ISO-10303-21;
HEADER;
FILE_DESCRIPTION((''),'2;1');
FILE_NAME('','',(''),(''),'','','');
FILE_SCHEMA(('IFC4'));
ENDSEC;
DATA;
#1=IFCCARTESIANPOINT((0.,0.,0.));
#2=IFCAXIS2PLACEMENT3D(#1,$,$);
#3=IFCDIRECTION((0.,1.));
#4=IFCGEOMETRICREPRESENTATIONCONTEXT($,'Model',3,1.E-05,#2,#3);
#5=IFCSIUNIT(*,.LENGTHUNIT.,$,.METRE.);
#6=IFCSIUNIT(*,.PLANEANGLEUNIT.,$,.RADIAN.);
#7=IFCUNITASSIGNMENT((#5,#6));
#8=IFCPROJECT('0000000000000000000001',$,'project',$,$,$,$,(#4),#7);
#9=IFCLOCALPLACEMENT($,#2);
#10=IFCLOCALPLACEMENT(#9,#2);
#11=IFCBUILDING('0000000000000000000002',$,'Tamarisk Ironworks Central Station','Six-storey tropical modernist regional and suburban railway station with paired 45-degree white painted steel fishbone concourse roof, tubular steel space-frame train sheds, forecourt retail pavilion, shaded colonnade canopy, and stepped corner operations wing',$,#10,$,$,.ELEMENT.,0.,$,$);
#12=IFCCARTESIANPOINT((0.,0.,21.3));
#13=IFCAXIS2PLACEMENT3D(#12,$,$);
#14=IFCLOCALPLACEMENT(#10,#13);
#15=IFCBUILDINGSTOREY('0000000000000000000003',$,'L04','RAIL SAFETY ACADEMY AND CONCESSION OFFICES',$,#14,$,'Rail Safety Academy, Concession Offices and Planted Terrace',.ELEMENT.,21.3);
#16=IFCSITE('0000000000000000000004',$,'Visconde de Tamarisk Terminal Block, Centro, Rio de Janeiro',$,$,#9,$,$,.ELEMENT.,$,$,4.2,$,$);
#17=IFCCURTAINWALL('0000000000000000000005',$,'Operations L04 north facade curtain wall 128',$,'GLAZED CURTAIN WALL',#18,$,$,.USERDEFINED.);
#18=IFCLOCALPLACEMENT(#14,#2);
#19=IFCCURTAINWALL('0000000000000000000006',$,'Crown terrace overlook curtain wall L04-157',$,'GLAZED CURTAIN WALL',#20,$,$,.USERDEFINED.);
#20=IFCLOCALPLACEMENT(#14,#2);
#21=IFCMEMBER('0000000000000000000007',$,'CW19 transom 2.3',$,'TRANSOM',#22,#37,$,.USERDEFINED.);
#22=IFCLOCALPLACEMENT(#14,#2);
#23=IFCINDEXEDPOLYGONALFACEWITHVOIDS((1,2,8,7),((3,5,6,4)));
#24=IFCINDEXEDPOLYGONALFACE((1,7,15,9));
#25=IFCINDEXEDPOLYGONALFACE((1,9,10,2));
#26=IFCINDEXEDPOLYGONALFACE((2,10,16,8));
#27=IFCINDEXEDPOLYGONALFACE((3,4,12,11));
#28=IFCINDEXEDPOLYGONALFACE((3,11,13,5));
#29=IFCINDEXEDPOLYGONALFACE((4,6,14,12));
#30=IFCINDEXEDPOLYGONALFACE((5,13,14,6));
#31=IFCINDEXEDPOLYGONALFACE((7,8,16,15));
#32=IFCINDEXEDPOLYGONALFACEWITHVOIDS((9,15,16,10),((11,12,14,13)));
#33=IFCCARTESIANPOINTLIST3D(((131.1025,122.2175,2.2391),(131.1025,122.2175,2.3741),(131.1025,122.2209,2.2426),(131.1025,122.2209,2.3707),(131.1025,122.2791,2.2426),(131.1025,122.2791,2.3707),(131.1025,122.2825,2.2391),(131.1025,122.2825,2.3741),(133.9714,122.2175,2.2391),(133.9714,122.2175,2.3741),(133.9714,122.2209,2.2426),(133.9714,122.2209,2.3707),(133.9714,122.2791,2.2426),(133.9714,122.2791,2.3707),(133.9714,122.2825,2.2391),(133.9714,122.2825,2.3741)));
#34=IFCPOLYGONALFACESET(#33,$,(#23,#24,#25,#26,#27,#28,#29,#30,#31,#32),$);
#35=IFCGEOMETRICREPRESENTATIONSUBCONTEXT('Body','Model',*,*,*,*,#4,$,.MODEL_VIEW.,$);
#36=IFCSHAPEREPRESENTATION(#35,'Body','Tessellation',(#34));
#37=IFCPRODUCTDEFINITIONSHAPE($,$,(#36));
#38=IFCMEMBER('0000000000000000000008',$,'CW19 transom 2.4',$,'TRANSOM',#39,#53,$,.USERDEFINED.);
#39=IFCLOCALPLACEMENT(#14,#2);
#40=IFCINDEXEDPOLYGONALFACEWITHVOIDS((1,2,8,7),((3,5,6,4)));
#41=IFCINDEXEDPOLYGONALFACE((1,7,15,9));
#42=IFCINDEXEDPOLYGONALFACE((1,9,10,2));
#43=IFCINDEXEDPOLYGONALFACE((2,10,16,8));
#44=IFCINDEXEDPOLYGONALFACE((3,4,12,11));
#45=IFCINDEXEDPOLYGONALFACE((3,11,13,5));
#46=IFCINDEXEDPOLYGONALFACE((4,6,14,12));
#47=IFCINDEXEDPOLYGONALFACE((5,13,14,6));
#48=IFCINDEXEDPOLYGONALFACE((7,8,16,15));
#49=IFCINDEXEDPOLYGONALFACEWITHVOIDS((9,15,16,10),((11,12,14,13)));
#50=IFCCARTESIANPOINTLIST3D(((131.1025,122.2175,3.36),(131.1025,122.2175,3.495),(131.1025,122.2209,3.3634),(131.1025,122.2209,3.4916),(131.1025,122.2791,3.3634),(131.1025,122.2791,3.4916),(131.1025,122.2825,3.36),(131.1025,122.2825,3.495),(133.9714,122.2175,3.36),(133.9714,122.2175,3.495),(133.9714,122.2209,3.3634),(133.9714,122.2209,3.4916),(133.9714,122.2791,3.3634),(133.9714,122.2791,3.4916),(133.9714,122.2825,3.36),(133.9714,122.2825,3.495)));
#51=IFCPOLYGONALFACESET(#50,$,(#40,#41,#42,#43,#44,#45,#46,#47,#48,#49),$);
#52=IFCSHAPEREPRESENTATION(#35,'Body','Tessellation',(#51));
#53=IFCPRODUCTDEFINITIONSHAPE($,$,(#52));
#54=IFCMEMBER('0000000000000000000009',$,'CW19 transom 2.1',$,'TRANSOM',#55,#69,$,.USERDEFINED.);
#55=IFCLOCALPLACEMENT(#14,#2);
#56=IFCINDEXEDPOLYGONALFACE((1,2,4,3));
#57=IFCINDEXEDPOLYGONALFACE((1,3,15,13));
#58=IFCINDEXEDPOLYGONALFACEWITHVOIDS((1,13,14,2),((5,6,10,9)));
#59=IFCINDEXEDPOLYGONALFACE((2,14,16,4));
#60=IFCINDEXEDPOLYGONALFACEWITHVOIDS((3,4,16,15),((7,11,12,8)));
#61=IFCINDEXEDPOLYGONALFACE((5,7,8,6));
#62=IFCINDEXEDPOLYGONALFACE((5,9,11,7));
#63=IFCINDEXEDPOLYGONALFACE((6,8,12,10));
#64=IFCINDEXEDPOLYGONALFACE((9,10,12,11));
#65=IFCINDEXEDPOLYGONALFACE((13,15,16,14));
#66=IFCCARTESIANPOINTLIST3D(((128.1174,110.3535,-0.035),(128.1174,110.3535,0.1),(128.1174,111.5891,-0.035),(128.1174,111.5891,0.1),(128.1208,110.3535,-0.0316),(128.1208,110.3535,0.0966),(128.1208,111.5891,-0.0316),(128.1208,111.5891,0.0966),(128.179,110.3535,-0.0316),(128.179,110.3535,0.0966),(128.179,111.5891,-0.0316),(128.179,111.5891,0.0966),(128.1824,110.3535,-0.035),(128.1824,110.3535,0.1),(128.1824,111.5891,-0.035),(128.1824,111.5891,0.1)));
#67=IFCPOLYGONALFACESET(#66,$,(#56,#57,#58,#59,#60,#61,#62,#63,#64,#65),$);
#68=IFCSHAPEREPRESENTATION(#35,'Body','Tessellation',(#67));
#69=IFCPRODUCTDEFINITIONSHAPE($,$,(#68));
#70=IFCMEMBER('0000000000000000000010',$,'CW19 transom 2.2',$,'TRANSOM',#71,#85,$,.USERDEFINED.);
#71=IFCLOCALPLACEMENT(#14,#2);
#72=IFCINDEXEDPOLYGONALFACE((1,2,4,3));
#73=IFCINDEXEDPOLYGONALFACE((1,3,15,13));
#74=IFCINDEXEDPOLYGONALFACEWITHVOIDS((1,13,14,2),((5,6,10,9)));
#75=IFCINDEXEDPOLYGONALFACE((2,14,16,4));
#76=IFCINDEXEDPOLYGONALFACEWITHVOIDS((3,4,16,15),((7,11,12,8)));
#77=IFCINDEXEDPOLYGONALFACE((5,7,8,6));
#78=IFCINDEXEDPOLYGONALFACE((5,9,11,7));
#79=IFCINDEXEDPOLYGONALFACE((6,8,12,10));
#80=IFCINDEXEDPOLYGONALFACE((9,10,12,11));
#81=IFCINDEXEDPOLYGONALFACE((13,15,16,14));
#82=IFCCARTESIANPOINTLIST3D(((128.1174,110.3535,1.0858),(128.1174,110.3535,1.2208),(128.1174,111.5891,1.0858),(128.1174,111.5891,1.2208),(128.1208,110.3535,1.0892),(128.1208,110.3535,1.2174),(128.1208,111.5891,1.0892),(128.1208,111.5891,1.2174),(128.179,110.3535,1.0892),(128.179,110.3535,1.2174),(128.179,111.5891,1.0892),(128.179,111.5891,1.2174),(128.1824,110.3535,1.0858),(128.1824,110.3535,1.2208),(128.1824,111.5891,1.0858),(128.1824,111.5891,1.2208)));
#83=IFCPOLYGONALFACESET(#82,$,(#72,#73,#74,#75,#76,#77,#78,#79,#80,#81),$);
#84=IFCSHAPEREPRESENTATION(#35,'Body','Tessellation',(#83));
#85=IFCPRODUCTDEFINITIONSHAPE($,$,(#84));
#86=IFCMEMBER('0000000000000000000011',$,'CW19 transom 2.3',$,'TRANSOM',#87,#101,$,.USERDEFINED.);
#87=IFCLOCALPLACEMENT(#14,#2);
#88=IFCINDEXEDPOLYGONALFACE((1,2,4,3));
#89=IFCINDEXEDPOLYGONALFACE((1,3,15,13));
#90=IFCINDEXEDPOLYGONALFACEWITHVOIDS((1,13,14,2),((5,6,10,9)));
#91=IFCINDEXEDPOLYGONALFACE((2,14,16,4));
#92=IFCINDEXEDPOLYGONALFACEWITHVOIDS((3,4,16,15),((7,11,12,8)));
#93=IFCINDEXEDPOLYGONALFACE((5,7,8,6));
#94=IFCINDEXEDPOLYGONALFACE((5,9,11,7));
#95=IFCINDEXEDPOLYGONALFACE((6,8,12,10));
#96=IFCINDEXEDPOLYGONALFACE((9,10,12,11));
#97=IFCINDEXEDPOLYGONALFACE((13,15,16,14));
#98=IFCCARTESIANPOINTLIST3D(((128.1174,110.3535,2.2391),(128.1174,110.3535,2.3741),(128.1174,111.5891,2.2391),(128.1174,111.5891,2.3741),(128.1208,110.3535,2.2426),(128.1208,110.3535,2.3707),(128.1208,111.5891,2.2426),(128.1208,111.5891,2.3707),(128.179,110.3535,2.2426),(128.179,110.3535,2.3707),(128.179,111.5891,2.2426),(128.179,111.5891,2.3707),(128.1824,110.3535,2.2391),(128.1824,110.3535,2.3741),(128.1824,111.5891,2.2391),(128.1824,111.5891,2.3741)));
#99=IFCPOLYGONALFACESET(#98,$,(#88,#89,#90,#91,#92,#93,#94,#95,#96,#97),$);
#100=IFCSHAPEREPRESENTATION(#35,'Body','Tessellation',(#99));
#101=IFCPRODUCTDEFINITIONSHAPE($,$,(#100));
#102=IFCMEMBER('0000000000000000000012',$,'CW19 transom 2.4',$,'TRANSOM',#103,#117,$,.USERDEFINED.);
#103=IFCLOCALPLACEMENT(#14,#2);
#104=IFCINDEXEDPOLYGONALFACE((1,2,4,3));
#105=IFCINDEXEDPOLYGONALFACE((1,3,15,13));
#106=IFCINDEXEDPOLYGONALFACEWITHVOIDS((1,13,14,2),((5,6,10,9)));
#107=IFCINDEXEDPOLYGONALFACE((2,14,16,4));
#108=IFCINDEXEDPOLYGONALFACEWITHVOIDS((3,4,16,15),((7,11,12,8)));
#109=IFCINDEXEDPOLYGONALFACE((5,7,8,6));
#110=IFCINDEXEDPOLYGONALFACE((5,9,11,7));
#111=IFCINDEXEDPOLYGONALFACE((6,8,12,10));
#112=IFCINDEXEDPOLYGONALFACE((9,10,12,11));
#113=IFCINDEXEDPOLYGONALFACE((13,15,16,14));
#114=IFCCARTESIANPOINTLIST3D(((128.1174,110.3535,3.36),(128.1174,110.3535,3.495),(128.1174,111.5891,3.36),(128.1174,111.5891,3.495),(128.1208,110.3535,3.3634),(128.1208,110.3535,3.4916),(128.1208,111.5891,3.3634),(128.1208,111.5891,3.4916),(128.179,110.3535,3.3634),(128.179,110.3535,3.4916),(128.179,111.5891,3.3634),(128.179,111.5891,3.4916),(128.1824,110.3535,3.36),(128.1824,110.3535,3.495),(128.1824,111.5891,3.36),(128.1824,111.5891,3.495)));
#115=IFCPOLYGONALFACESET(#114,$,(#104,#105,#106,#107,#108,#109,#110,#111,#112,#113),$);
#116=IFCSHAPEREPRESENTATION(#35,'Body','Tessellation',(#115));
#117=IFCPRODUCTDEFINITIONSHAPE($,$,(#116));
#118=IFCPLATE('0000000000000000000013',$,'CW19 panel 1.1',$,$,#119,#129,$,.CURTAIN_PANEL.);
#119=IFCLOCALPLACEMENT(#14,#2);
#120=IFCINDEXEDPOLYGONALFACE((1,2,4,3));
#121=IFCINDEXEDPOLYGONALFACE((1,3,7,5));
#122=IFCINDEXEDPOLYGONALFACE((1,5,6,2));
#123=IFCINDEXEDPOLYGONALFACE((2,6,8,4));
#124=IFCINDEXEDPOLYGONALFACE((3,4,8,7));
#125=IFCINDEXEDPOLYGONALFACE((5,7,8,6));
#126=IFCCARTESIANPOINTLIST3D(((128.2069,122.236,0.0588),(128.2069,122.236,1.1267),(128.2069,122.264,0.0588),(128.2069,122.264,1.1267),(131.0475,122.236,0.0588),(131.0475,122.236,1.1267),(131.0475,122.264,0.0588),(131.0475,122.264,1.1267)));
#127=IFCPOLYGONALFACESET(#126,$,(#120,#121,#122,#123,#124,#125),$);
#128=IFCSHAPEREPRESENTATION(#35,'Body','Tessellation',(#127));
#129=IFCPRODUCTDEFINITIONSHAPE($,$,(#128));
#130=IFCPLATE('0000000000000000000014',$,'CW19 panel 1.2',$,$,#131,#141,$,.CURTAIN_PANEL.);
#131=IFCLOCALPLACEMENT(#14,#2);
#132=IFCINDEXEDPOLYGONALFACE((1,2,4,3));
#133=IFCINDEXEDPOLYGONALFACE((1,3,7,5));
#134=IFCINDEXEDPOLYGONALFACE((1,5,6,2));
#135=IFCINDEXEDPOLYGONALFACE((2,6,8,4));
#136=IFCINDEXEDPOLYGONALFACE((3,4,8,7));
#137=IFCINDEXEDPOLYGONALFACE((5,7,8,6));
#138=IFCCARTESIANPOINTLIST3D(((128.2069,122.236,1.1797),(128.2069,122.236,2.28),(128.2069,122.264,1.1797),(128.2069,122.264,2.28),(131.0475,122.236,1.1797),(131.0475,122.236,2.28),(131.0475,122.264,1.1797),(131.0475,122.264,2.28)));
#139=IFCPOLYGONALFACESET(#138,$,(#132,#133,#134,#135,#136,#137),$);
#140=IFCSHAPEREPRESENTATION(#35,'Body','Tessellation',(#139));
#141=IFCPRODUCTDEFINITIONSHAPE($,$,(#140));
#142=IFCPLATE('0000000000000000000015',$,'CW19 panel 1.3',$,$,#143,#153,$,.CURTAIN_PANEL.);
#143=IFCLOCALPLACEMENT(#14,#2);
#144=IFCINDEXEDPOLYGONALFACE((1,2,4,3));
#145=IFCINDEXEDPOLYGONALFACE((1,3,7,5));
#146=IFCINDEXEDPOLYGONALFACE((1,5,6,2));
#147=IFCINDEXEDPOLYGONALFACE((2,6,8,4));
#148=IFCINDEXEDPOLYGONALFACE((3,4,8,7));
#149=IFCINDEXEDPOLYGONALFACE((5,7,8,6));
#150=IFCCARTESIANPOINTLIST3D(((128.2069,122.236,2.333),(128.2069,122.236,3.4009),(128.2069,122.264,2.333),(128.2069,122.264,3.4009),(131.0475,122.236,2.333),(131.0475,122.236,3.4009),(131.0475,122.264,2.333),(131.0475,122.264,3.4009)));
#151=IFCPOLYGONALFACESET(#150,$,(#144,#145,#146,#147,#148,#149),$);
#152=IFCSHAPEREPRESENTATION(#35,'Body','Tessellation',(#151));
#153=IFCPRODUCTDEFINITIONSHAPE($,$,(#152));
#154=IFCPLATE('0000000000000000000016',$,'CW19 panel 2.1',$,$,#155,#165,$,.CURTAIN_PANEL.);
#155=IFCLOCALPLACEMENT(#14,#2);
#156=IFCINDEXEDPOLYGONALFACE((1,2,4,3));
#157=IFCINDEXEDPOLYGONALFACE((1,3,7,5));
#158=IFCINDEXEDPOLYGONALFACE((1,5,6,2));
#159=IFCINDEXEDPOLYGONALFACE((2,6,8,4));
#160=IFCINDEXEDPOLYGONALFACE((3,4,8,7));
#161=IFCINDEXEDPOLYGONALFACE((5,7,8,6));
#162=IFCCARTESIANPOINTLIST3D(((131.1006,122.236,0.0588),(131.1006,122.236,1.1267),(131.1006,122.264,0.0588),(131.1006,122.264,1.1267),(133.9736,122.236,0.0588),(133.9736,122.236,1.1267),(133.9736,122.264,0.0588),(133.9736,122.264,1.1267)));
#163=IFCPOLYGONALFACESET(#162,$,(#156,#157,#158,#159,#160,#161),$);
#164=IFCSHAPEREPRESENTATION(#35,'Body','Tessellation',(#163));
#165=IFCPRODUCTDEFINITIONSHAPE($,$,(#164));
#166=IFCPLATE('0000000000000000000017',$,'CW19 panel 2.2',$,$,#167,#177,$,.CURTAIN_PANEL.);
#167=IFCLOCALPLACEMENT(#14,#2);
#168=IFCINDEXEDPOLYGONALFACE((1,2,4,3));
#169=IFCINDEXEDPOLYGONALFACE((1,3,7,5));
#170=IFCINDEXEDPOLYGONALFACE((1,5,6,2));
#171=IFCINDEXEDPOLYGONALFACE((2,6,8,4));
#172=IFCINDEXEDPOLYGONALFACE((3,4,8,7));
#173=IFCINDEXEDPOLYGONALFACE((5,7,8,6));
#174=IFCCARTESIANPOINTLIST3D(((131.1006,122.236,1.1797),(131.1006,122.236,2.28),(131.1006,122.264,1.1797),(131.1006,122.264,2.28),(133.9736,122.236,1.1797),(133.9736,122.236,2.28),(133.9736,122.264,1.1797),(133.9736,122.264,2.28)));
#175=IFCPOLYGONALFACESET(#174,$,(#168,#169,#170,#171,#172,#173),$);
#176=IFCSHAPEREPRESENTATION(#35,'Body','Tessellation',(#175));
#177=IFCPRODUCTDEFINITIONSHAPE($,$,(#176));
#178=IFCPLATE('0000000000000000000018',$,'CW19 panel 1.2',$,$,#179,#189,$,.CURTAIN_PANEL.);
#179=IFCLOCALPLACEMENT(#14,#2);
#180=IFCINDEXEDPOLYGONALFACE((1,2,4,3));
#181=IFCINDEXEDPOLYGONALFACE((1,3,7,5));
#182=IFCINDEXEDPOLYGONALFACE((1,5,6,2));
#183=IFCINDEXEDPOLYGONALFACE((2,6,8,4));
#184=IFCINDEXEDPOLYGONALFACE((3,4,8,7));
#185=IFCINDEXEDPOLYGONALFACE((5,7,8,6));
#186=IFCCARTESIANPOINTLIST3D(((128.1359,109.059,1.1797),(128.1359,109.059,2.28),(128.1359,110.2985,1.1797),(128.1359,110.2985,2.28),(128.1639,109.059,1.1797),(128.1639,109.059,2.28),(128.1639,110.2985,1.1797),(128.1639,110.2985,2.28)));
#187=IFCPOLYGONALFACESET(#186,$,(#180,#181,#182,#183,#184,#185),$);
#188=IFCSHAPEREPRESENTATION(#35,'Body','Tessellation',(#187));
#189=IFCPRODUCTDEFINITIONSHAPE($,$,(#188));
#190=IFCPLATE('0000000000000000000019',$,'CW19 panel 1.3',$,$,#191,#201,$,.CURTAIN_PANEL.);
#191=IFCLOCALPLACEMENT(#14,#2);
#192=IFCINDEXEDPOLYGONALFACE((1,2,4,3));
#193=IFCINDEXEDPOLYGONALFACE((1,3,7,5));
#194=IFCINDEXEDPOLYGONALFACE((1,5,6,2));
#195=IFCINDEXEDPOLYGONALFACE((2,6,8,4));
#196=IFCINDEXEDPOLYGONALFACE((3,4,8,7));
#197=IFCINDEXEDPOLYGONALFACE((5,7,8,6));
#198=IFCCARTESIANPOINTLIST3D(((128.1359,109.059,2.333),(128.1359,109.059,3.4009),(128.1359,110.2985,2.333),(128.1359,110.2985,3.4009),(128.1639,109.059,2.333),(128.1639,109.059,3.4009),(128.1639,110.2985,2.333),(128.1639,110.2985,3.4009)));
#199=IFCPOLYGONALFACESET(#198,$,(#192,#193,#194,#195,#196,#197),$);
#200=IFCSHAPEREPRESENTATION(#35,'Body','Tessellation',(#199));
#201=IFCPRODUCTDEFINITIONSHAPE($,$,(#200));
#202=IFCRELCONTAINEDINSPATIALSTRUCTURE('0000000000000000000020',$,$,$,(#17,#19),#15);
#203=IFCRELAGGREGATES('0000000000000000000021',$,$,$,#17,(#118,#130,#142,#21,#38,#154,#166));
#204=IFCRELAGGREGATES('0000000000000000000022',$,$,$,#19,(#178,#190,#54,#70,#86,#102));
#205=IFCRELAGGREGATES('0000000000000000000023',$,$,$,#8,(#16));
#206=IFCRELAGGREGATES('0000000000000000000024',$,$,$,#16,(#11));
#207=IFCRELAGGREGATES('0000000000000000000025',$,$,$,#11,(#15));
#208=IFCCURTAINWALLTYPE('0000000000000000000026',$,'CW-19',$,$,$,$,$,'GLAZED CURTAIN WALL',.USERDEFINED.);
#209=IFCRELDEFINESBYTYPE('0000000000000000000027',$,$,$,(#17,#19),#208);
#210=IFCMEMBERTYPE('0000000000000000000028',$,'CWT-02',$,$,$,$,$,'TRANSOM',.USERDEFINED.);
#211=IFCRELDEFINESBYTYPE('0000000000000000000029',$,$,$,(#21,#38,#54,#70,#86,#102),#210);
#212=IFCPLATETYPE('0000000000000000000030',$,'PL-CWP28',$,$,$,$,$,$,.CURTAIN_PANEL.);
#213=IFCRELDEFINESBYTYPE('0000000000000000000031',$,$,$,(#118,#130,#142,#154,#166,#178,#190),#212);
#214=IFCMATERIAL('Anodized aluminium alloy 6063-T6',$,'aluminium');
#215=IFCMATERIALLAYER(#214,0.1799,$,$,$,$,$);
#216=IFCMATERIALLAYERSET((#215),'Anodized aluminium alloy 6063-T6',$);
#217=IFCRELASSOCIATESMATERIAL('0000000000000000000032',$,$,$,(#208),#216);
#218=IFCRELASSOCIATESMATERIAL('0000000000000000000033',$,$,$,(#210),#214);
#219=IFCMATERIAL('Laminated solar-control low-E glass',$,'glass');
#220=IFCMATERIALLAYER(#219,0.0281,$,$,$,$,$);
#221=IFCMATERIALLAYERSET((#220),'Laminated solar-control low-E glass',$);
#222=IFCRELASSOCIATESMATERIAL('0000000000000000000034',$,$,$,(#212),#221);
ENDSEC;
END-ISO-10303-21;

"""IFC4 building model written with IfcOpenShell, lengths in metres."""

from ifc_helpers import new_model, si_unit, direction, frame, origin, origin_2d, place, context, subcontext, project, spatial, rectangle, hollow_rectangle, extrude, material, layer, layer_set, material_profile, profile_set, type_object, element, aggregate, save


model = new_model("IFC4")

# Units and contexts
model_context = context("Model", 3, precision=1e-05, world=origin(), true_north=direction((0.0, 1.0)))
body_context = subcontext(model_context, "Body", "Model", "MODEL_VIEW")
ifc_project = project(units=[si_unit("LENGTHUNIT", "METRE"), si_unit("PLANEANGLEUNIT", "RADIAN")], contexts=[model_context])

# Site, building, storey
site_placement = place(None, origin())
site = spatial("IfcSite", under=ifc_project, at=site_placement, Name="Visconde de Tamarisk Terminal Block, Centro, Rio de Janeiro", CompositionType="ELEMENT", RefElevation=4.2)
building_placement = place(site_placement, origin())
building = spatial("IfcBuilding", under=site, at=building_placement, Name="Tamarisk Ironworks Central Station", Description="Six-storey tropical modernist regional and suburban railway station with paired 45-degree white painted steel fishbone concourse roof, tubular steel space-frame train sheds, forecourt retail pavilion, shaded colonnade canopy, and stepped corner operations wing", CompositionType="ELEMENT", ElevationOfRefHeight=0.0)
storey_placement = place(building_placement, frame((0.0, 0.0, 21.3)))
storey = spatial("IfcBuildingStorey", under=building, at=storey_placement, Name="L04", Description="RAIL SAFETY ACADEMY AND CONCESSION OFFICES", LongName="Rail Safety Academy, Concession Offices and Planted Terrace", CompositionType="ELEMENT", Elevation=21.3)

# Curtain walls
ifc_material_1 = material(Name="Anodized aluminium alloy 6063-T6", Category="aluminium")
ifc_layer_1 = layer(ifc_material_1, 0.1799)
ifc_layer_set_1 = layer_set([ifc_layer_1], Name="Anodized aluminium alloy 6063-T6")
curtain_wall_type = type_object("IfcCurtainWallType", Name="CW-19", ElementType="GLAZED CURTAIN WALL", PredefinedType="USERDEFINED", material=ifc_layer_set_1)
curtain_wall_1_placement = place(storey_placement, origin())
curtain_wall_1 = element("IfcCurtainWall", 1, at=curtain_wall_1_placement, inside=storey, type_object=curtain_wall_type, Name="Operations L04 north facade curtain wall 128", ObjectType="GLAZED CURTAIN WALL", PredefinedType="USERDEFINED")
curtain_wall_2_placement = place(storey_placement, origin())
curtain_wall_2 = element("IfcCurtainWall", 2, at=curtain_wall_2_placement, inside=storey, type_object=curtain_wall_type, Name="Crown terrace overlook curtain wall L04-157", ObjectType="GLAZED CURTAIN WALL", PredefinedType="USERDEFINED")

# Members
ifc_material_profile_1 = material_profile(ifc_material_1, hollow_rectangle(XDim=0.0649, YDim=0.135, WallThickness=0.0034, at=origin_2d()), Name="ALUM 135x65")
ifc_profile_set_1 = profile_set([ifc_material_profile_1], Name="Anodized aluminium alloy 6063-T6")
member_type_1 = type_object("IfcMemberType", Name="CWT-02", ElementType="TRANSOM", PredefinedType="USERDEFINED", material=ifc_profile_set_1)
member_1_placement = place(storey_placement, frame((131.1025, 122.25, 2.3066), z_axis=(1.0, 0.0, 0.0), x_axis=(0.0, 1.0, 0.0)))
member_1 = element("IfcMember", 3, at=member_1_placement, type_object=member_type_1, Name="CW19 transom 2.3", ObjectType="TRANSOM", PredefinedType="USERDEFINED", context=body_context, shape_type="SweptSolid", body=[
    extrude(hollow_rectangle(XDim=0.0649, YDim=0.135, WallThickness=0.0034, at=origin_2d()), origin(), (0.0, 0.0, 1.0), 2.8689),
])
member_2_placement = place(storey_placement, frame((131.1025, 122.25, 3.4275), z_axis=(1.0, 0.0, 0.0), x_axis=(0.0, 1.0, 0.0)))
member_2 = element("IfcMember", 4, at=member_2_placement, type_object=member_type_1, Name="CW19 transom 2.4", ObjectType="TRANSOM", PredefinedType="USERDEFINED", context=body_context, shape_type="SweptSolid", body=[
    extrude(hollow_rectangle(XDim=0.0649, YDim=0.135, WallThickness=0.0034, at=origin_2d()), origin(), (0.0, 0.0, 1.0), 2.8689),
])
member_3_placement = place(storey_placement, frame((128.1499, 110.3535, 0.0325), z_axis=(0.0, 1.0, 0.0), x_axis=(-1.0, 0.0, 0.0)))
member_3 = element("IfcMember", 5, at=member_3_placement, type_object=member_type_1, Name="CW19 transom 2.1", ObjectType="TRANSOM", PredefinedType="USERDEFINED", context=body_context, shape_type="SweptSolid", body=[
    extrude(hollow_rectangle(XDim=0.0649, YDim=0.135, WallThickness=0.0034, at=origin_2d()), origin(), (0.0, 0.0, 1.0), 1.2356),
])
member_4_placement = place(storey_placement, frame((128.1499, 110.3535, 1.1533), z_axis=(0.0, 1.0, 0.0), x_axis=(-1.0, 0.0, 0.0)))
member_4 = element("IfcMember", 6, at=member_4_placement, type_object=member_type_1, Name="CW19 transom 2.2", ObjectType="TRANSOM", PredefinedType="USERDEFINED", context=body_context, shape_type="SweptSolid", body=[
    extrude(hollow_rectangle(XDim=0.0649, YDim=0.135, WallThickness=0.0034, at=origin_2d()), origin(), (0.0, 0.0, 1.0), 1.2356),
])
member_5_placement = place(storey_placement, frame((128.1499, 110.3535, 2.3066), z_axis=(0.0, 1.0, 0.0), x_axis=(-1.0, 0.0, 0.0)))
member_5 = element("IfcMember", 7, at=member_5_placement, type_object=member_type_1, Name="CW19 transom 2.3", ObjectType="TRANSOM", PredefinedType="USERDEFINED", context=body_context, shape_type="SweptSolid", body=[
    extrude(hollow_rectangle(XDim=0.0649, YDim=0.135, WallThickness=0.0034, at=origin_2d()), origin(), (0.0, 0.0, 1.0), 1.2356),
])
member_6_placement = place(storey_placement, frame((128.1499, 110.3535, 3.4275), z_axis=(0.0, 1.0, 0.0), x_axis=(-1.0, 0.0, 0.0)))
member_6 = element("IfcMember", 8, at=member_6_placement, type_object=member_type_1, Name="CW19 transom 2.4", ObjectType="TRANSOM", PredefinedType="USERDEFINED", context=body_context, shape_type="SweptSolid", body=[
    extrude(hollow_rectangle(XDim=0.0649, YDim=0.135, WallThickness=0.0034, at=origin_2d()), origin(), (0.0, 0.0, 1.0), 1.2356),
])

# Plates
ifc_material_2 = material(Name="Laminated solar-control low-E glass", Category="glass")
ifc_layer_2 = layer(ifc_material_2, 0.0281)
ifc_layer_set_2 = layer_set([ifc_layer_2], Name="Laminated solar-control low-E glass")
plate_type = type_object("IfcPlateType", Name="PL-CWP28", PredefinedType="CURTAIN_PANEL", material=ifc_layer_set_2)
plate_1_placement = place(storey_placement, frame((129.6272, 122.25, 0.0588), z_axis=(0.0, 0.0, 1.0), x_axis=(1.0, 0.0, 0.0)))
plate_1 = element("IfcPlate", 9, at=plate_1_placement, type_object=plate_type, Name="CW19 panel 1.1", PredefinedType="CURTAIN_PANEL", context=body_context, shape_type="SweptSolid", body=[
    extrude(rectangle(XDim=2.8406, YDim=0.0281, at=origin_2d()), origin(), (0.0, 0.0, 1.0), 1.0679),
])
plate_2_placement = place(storey_placement, frame((129.6272, 122.25, 1.1797), z_axis=(0.0, 0.0, 1.0), x_axis=(1.0, 0.0, 0.0)))
plate_2 = element("IfcPlate", 10, at=plate_2_placement, type_object=plate_type, Name="CW19 panel 1.2", PredefinedType="CURTAIN_PANEL", context=body_context, shape_type="SweptSolid", body=[
    extrude(rectangle(XDim=2.8406, YDim=0.0281, at=origin_2d()), origin(), (0.0, 0.0, 1.0), 1.1003),
])
plate_3_placement = place(storey_placement, frame((129.6272, 122.25, 2.333), z_axis=(0.0, 0.0, 1.0), x_axis=(1.0, 0.0, 0.0)))
plate_3 = element("IfcPlate", 11, at=plate_3_placement, type_object=plate_type, Name="CW19 panel 1.3", PredefinedType="CURTAIN_PANEL", context=body_context, shape_type="SweptSolid", body=[
    extrude(rectangle(XDim=2.8406, YDim=0.0281, at=origin_2d()), origin(), (0.0, 0.0, 1.0), 1.0679),
])
plate_4_placement = place(storey_placement, frame((132.5371, 122.25, 0.0588), z_axis=(0.0, 0.0, 1.0), x_axis=(1.0, 0.0, 0.0)))
plate_4 = element("IfcPlate", 12, at=plate_4_placement, type_object=plate_type, Name="CW19 panel 2.1", PredefinedType="CURTAIN_PANEL", context=body_context, shape_type="SweptSolid", body=[
    extrude(rectangle(XDim=2.873, YDim=0.0281, at=origin_2d()), origin(), (0.0, 0.0, 1.0), 1.0679),
])
plate_5_placement = place(storey_placement, frame((132.5371, 122.25, 1.1797), z_axis=(0.0, 0.0, 1.0), x_axis=(1.0, 0.0, 0.0)))
plate_5 = element("IfcPlate", 13, at=plate_5_placement, type_object=plate_type, Name="CW19 panel 2.2", PredefinedType="CURTAIN_PANEL", context=body_context, shape_type="SweptSolid", body=[
    extrude(rectangle(XDim=2.873, YDim=0.0281, at=origin_2d()), origin(), (0.0, 0.0, 1.0), 1.1003),
])
aggregate(curtain_wall_1, [plate_1, plate_2, plate_3, member_1, member_2, plate_4, plate_5])
plate_6_placement = place(storey_placement, frame((128.1499, 109.6787, 1.1797), z_axis=(0.0, 0.0, 1.0), x_axis=(0.0, 1.0, 0.0)))
plate_6 = element("IfcPlate", 14, at=plate_6_placement, type_object=plate_type, Name="CW19 panel 1.2", PredefinedType="CURTAIN_PANEL", context=body_context, shape_type="SweptSolid", body=[
    extrude(rectangle(XDim=1.2395, YDim=0.0281, at=origin_2d()), origin(), (0.0, 0.0, 1.0), 1.1003),
])
plate_7_placement = place(storey_placement, frame((128.1499, 109.6787, 2.333), z_axis=(0.0, 0.0, 1.0), x_axis=(0.0, 1.0, 0.0)))
plate_7 = element("IfcPlate", 15, at=plate_7_placement, type_object=plate_type, Name="CW19 panel 1.3", PredefinedType="CURTAIN_PANEL", context=body_context, shape_type="SweptSolid", body=[
    extrude(rectangle(XDim=1.2395, YDim=0.0281, at=origin_2d()), origin(), (0.0, 0.0, 1.0), 1.0679),
])
aggregate(curtain_wall_2, [plate_6, plate_7, member_3, member_4, member_5, member_6])

save(model, "model.ifc")
